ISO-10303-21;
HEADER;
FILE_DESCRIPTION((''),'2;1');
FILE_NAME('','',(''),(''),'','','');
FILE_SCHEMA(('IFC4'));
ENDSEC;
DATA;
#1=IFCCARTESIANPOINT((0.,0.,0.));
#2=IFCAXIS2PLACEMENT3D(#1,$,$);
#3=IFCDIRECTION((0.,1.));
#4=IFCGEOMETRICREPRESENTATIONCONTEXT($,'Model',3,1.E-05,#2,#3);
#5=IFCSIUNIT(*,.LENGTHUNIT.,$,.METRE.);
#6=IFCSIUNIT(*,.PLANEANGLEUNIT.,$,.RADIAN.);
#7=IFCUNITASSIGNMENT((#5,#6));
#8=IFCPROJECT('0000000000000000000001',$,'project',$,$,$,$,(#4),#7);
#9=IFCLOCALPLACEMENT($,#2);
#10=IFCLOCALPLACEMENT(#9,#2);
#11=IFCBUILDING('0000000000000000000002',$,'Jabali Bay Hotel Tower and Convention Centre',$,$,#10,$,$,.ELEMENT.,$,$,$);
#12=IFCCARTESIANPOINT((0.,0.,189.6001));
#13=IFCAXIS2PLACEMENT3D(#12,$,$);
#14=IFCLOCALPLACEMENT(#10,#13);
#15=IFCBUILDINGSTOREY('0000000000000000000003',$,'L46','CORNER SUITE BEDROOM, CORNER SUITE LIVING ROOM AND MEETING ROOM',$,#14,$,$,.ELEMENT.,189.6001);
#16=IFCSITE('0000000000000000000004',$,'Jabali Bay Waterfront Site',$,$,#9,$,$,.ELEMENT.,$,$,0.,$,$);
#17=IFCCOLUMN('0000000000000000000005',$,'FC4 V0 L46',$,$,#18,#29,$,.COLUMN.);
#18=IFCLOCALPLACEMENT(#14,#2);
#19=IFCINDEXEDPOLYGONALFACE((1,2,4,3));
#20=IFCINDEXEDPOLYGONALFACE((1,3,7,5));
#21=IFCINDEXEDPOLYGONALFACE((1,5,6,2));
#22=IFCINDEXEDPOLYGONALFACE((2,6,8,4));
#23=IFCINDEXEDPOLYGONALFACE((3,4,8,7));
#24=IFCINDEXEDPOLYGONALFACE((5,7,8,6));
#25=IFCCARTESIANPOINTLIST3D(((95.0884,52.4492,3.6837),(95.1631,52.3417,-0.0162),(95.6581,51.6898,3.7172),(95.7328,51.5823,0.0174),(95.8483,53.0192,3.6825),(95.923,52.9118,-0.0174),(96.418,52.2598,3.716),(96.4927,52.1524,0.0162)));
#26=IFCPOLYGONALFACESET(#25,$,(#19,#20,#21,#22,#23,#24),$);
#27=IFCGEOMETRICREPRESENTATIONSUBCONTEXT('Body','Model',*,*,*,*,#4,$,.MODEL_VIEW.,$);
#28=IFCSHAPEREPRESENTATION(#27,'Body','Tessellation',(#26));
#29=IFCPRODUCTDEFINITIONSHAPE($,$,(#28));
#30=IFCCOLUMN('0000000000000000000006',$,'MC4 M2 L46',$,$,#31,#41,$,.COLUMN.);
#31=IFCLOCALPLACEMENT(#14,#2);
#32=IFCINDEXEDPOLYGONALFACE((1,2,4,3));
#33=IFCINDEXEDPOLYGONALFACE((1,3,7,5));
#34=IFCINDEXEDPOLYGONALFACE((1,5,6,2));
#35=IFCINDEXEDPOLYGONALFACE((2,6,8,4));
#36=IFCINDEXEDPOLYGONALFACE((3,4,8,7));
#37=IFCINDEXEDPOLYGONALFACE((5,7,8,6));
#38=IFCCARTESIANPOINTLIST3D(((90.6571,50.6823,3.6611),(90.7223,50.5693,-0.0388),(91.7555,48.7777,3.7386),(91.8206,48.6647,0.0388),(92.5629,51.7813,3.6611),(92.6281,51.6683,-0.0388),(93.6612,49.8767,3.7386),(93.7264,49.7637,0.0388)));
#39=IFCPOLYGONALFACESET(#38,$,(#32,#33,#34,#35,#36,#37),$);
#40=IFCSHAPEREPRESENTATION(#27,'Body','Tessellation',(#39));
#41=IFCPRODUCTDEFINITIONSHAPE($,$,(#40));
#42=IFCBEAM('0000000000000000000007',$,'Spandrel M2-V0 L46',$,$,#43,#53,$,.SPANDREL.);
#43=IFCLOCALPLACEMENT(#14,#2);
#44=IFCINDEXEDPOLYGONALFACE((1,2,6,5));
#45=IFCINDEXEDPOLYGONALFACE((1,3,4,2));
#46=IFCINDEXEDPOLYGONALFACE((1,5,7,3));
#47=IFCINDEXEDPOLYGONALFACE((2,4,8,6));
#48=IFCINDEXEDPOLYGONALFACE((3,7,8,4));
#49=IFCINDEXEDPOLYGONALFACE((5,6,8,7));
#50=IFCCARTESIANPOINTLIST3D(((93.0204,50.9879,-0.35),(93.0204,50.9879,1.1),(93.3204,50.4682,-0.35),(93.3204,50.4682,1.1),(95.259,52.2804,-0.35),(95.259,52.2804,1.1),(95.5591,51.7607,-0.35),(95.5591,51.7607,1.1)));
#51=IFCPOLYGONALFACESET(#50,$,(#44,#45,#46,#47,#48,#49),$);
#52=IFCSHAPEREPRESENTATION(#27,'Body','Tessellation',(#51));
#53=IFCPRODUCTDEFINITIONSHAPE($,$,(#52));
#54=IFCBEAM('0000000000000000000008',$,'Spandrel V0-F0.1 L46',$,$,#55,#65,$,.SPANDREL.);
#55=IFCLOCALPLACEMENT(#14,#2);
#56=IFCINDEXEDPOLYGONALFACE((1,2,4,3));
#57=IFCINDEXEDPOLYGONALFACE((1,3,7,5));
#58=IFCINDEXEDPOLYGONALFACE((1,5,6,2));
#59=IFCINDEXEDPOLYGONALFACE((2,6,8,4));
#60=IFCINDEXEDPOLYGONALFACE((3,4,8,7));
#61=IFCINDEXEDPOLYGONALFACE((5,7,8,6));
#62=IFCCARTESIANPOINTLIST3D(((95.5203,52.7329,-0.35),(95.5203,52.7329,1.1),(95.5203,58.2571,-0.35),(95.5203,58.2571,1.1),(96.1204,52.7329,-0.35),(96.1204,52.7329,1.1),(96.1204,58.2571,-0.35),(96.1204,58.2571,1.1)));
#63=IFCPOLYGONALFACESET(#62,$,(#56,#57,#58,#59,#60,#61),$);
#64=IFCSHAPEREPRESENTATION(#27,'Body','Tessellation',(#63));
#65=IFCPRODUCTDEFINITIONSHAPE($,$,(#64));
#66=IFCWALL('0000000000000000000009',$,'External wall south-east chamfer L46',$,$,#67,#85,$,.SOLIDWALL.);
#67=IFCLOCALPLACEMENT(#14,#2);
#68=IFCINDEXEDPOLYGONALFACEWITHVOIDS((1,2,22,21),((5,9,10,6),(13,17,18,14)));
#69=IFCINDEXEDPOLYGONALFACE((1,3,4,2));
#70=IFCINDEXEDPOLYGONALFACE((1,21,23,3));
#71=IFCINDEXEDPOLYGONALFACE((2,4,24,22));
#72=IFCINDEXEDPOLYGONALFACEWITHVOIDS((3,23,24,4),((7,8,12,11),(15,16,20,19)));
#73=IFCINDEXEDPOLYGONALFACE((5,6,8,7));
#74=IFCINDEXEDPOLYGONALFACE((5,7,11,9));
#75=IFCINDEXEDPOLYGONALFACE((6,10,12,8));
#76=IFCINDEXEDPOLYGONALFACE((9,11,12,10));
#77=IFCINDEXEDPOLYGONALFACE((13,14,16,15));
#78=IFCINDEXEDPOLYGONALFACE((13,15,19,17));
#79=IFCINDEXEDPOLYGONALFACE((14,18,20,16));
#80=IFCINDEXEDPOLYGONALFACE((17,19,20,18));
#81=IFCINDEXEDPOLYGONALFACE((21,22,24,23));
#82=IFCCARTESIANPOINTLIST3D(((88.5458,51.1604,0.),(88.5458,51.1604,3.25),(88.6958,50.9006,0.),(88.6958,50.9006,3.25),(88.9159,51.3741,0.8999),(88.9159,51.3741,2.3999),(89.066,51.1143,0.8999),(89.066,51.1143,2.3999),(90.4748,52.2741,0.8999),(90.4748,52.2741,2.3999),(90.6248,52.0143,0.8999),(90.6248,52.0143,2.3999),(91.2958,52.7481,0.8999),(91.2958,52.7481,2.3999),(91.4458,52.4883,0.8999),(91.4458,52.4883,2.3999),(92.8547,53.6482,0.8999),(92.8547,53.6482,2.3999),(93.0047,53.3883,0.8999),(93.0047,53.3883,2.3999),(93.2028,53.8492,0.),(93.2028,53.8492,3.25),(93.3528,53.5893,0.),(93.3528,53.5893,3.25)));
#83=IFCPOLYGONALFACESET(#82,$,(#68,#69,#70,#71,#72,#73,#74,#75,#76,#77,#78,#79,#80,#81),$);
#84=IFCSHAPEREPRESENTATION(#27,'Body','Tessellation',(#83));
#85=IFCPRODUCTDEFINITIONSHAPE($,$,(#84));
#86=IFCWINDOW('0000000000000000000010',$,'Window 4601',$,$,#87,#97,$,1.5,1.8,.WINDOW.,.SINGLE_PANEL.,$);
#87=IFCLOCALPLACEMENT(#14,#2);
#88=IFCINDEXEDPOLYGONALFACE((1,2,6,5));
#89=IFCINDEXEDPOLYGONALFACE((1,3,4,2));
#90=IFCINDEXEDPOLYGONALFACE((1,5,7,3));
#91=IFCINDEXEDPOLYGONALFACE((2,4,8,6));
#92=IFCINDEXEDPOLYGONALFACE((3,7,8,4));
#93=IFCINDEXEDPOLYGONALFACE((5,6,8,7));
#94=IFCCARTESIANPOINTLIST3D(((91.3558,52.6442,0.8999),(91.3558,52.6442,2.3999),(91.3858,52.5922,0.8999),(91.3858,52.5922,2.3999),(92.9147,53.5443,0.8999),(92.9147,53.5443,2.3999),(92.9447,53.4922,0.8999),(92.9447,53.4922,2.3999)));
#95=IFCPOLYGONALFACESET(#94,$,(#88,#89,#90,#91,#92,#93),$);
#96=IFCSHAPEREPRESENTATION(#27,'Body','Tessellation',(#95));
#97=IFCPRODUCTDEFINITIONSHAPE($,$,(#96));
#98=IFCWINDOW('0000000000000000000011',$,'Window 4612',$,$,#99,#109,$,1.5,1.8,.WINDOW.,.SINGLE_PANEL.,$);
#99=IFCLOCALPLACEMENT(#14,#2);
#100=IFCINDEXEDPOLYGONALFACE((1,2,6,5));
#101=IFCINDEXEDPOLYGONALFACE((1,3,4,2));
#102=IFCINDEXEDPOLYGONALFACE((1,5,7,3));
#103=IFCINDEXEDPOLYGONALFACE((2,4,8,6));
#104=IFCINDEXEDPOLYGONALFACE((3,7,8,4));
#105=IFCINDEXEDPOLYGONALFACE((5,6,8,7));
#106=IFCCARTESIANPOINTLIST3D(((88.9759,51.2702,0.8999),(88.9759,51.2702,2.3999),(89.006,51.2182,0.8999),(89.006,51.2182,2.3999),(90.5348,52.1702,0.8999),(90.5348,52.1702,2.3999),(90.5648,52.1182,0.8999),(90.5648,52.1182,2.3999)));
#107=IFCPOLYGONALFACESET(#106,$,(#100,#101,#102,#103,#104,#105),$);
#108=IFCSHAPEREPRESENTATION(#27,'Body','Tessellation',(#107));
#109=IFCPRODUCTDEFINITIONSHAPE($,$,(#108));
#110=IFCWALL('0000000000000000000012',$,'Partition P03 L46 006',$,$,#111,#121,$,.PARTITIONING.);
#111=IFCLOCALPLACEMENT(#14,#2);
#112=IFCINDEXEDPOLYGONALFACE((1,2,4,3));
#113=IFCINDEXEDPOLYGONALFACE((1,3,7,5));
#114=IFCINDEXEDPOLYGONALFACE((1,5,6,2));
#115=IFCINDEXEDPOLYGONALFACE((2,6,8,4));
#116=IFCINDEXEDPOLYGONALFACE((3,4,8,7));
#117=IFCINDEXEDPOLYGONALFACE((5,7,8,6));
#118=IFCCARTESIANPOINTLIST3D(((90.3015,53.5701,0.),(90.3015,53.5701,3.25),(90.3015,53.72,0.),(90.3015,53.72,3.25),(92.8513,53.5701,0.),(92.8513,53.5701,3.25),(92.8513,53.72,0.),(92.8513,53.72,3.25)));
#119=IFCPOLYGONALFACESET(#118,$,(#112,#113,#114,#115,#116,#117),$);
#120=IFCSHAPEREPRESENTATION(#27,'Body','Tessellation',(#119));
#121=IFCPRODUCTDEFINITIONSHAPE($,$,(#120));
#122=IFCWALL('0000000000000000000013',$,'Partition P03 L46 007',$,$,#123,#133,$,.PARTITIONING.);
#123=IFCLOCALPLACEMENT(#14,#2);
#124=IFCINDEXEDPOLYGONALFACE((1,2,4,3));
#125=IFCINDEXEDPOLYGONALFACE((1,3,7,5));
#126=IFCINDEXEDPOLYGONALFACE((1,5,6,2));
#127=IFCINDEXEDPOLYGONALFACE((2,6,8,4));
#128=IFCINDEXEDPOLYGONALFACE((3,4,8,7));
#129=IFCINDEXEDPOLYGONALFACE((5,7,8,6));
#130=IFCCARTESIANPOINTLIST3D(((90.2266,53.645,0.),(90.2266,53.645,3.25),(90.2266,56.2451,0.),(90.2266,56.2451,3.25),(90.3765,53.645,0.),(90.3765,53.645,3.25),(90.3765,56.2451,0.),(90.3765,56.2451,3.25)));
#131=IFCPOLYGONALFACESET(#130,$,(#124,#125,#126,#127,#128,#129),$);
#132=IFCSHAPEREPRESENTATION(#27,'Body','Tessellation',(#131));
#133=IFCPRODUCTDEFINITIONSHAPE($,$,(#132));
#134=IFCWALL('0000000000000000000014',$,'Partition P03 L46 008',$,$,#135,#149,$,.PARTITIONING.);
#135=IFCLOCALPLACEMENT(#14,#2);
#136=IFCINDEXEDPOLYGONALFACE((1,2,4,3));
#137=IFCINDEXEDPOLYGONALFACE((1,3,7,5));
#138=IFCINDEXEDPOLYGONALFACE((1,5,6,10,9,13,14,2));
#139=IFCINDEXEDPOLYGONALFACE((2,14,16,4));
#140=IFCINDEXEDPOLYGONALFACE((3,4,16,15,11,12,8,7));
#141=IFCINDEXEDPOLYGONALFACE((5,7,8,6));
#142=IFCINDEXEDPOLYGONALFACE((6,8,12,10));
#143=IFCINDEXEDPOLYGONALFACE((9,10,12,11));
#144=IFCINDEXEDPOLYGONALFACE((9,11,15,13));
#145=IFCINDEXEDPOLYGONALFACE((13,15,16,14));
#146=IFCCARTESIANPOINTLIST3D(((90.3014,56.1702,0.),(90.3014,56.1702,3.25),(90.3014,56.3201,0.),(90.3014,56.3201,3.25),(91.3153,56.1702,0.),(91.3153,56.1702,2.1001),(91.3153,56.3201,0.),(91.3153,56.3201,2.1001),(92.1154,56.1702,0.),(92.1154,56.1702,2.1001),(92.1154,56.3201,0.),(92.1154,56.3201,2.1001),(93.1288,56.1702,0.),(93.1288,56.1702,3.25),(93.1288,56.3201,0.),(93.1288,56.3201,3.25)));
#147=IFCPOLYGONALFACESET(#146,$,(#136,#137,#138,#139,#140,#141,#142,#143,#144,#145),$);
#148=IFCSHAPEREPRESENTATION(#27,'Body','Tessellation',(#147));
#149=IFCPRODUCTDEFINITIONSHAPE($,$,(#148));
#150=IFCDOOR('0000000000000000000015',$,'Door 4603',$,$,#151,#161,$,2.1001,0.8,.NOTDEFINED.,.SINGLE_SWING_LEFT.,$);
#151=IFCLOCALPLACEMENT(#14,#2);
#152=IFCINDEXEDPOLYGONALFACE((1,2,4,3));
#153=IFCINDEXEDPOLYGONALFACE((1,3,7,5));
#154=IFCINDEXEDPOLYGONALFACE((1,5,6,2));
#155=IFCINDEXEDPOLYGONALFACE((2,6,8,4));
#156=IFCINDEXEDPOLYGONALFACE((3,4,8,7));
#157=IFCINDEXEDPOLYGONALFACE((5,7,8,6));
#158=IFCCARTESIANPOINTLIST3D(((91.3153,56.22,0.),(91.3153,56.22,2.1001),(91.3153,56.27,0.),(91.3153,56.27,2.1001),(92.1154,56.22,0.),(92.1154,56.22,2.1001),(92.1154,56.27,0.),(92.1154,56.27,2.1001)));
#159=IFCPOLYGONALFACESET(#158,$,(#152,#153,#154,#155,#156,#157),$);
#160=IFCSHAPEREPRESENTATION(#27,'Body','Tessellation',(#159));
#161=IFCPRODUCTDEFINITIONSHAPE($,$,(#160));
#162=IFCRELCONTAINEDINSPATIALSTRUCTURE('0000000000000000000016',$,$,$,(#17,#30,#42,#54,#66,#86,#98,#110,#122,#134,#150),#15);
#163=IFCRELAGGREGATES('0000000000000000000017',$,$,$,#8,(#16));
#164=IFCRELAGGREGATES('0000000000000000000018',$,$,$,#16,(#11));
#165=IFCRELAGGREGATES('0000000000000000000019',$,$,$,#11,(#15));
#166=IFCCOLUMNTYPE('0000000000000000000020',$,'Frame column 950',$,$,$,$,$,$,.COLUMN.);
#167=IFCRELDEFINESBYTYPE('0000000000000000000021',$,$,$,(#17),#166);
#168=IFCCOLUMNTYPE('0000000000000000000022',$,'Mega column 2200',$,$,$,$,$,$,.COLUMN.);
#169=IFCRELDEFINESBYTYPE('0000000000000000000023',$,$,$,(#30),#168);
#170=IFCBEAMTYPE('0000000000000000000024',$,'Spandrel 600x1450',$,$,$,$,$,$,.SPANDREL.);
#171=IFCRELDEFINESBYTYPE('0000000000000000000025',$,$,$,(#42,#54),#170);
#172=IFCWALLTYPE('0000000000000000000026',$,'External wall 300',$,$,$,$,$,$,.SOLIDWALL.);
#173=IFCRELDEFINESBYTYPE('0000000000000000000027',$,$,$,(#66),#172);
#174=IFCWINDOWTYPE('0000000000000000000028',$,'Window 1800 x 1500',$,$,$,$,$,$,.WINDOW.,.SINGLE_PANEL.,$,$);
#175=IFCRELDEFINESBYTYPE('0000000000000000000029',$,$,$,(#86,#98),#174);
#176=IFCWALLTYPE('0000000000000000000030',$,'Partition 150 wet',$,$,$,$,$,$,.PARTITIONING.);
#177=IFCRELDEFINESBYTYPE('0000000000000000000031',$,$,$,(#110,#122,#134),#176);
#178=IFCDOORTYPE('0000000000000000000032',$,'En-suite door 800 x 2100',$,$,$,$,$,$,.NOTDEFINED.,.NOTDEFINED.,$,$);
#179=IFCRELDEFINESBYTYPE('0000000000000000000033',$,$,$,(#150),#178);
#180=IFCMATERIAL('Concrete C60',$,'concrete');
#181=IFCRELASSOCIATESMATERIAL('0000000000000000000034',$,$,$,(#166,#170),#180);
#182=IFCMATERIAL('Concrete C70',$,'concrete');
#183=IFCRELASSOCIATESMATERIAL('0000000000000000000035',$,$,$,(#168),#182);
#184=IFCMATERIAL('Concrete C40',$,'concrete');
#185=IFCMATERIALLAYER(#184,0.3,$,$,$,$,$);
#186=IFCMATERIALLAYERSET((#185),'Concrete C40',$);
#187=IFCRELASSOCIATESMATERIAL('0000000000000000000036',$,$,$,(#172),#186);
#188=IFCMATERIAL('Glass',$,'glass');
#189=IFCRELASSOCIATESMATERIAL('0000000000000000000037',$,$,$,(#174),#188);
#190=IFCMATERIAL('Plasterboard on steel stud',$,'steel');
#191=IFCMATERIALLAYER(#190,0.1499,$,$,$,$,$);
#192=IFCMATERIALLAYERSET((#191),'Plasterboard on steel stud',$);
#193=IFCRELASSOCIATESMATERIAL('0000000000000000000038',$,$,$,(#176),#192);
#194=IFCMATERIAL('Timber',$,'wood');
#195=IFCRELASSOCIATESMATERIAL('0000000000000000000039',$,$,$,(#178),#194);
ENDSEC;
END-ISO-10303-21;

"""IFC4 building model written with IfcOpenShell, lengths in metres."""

from ifc_helpers import new_model, si_unit, direction, frame, frame_2d, origin, origin_2d, place, context, subcontext, project, spatial, rectangle, extrude, material, layer, layer_set, material_profile, profile_set, type_object, element, fill, save


model = new_model("IFC4")

# Units and contexts
model_context = context("Model", 3, precision=1e-05, world=origin(), true_north=direction((0.0, 1.0)))
body_context = subcontext(model_context, "Body", "Model", "MODEL_VIEW")
ifc_project = project(units=[si_unit("LENGTHUNIT", "METRE"), si_unit("PLANEANGLEUNIT", "RADIAN")], contexts=[model_context])

# Site, building, storey
site_placement = place(None, origin())
site = spatial("IfcSite", under=ifc_project, at=site_placement, Name="Jabali Bay Waterfront Site", CompositionType="ELEMENT", RefElevation=0.0)
building_placement = place(site_placement, origin())
building = spatial("IfcBuilding", under=site, at=building_placement, Name="Jabali Bay Hotel Tower and Convention Centre", CompositionType="ELEMENT")
storey_placement = place(building_placement, frame((0.0, 0.0, 189.6001)))
storey = spatial("IfcBuildingStorey", under=building, at=storey_placement, Name="L46", Description="CORNER SUITE BEDROOM, CORNER SUITE LIVING ROOM AND MEETING ROOM", CompositionType="ELEMENT", Elevation=189.6001)

# Columns
ifc_material_1 = material(Name="Concrete C60", Category="concrete")
ifc_material_profile_1 = material_profile(ifc_material_1, rectangle(XDim=0.95, YDim=0.95, at=origin_2d()), Name="Frame column 950")
ifc_profile_set_1 = profile_set([ifc_material_profile_1], Name="Concrete C60")
column_type_1 = type_object("IfcColumnType", Name="Frame column 950", PredefinedType="COLUMN", material=ifc_profile_set_1)
column_1_placement = place(storey_placement, frame((95.8279, 52.2471, 0.0), z_axis=(-0.020179, 0.029015, 0.999375), x_axis=(-0.799926, -0.600097, 0.001271)))
element("IfcColumn", 1, at=column_1_placement, inside=storey, type_object=column_type_1, Name="FC4 V0 L46", PredefinedType="COLUMN", context=body_context, shape_type="SweptSolid", body=[
    extrude(rectangle(XDim=0.95, YDim=0.95, at=origin_2d()), origin(), (0.0, 0.0, 1.0), 3.7021),
])
ifc_material_2 = material(Name="Concrete C70", Category="concrete")
ifc_material_profile_2 = material_profile(ifc_material_2, rectangle(XDim=2.2, YDim=2.2, at=origin_2d()), Name="Mega column 2200")
ifc_profile_set_2 = profile_set([ifc_material_profile_2], Name="Concrete C70")
column_type_2 = type_object("IfcColumnType", Name="Mega column 2200", PredefinedType="COLUMN", material=ifc_profile_set_2)
column_2_placement = place(storey_placement, frame((92.2244, 50.1665, 0.0), z_axis=(-0.017607, 0.030532, 0.999379), x_axis=(0.49925, -0.865741, 0.035245)))
element("IfcColumn", 2, at=column_2_placement, inside=storey, type_object=column_type_2, Name="MC4 M2 L46", PredefinedType="COLUMN", context=body_context, shape_type="SweptSolid", body=[
    extrude(rectangle(XDim=2.2, YDim=2.2, at=origin_2d()), origin(), (0.0, 0.0, 1.0), 3.7021),
])

# Beams
ifc_material_profile_3 = material_profile(ifc_material_1, rectangle(XDim=0.6001, YDim=1.45, at=origin_2d()), Name="Spandrel 600x1450")
ifc_profile_set_3 = profile_set([ifc_material_profile_3], Name="Concrete C60")
beam_type = type_object("IfcBeamType", Name="Spandrel 600x1450", PredefinedType="SPANDREL", material=ifc_profile_set_3)
beam_1_placement = place(storey_placement, frame((93.1704, 50.728, 0.375), z_axis=(0.866014, 0.50002, 0.0), x_axis=(-0.50002, 0.866014, 0.0)))
element("IfcBeam", 3, at=beam_1_placement, inside=storey, type_object=beam_type, Name="Spandrel M2-V0 L46", PredefinedType="SPANDREL", context=body_context, shape_type="SweptSolid", body=[
    extrude(rectangle(XDim=0.6001, YDim=1.45, at=origin_2d()), origin(), (0.0, 0.0, 1.0), 2.585),
])
beam_2_placement = place(storey_placement, frame((95.8203, 52.7329, 0.375), z_axis=(0.0, 1.0, 0.0), x_axis=(-1.0, 0.0, 0.0)))
element("IfcBeam", 4, at=beam_2_placement, inside=storey, type_object=beam_type, Name="Spandrel V0-F0.1 L46", PredefinedType="SPANDREL", context=body_context, shape_type="SweptSolid", body=[
    extrude(rectangle(XDim=0.6001, YDim=1.45, at=origin_2d()), origin(), (0.0, 0.0, 1.0), 5.5242),
])

# Wall, openings, windows
ifc_material_3 = material(Name="Concrete C40", Category="concrete")
ifc_layer_1 = layer(ifc_material_3, 0.3)
ifc_layer_set_1 = layer_set([ifc_layer_1], Name="Concrete C40")
wall_type_1 = type_object("IfcWallType", Name="External wall 300", PredefinedType="SOLIDWALL", material=ifc_layer_set_1)
wall_1_placement = place(storey_placement, frame((93.2778, 53.7192, 0.0), z_axis=(0.0, 0.0, 1.0), x_axis=(-0.866025, -0.500001, 0.0)))
wall_1 = element("IfcWall", 5, at=wall_1_placement, inside=storey, type_object=wall_type_1, Name="External wall south-east chamfer L46", PredefinedType="SOLIDWALL", context=body_context, shape_type="SweptSolid", body=[
    extrude(rectangle(XDim=5.3774, YDim=0.3, at=frame_2d((2.6887, 0.0))), origin(), (0.0, 0.0, 1.0), 3.25),
])
opening_1_placement = place(wall_1_placement, frame((0.4021, 0.0, 0.8999)))
opening_1 = element("IfcOpeningElement", 6, at=opening_1_placement, cuts=wall_1, PredefinedType="OPENING", context=body_context, shape_type="SweptSolid", body=[
    extrude(rectangle(XDim=1.8, YDim=1.5, at=frame_2d((0.8999, 0.75))), frame((0.0, 0.1606, 0.0), z_axis=(0.0, -1.0, 0.0), x_axis=(1.0, 0.0, 0.0)), (0.0, 0.0, 1.0), 0.321),
])
opening_2_placement = place(wall_1_placement, frame((3.1501, 0.0, 0.8999)))
opening_2 = element("IfcOpeningElement", 7, at=opening_2_placement, cuts=wall_1, PredefinedType="OPENING", context=body_context, shape_type="SweptSolid", body=[
    extrude(rectangle(XDim=1.8, YDim=1.5, at=frame_2d((0.8999, 0.75))), frame((0.0, 0.1606, 0.0), z_axis=(0.0, -1.0, 0.0), x_axis=(1.0, 0.0, 0.0)), (0.0, 0.0, 1.0), 0.321),
])
ifc_material_4 = material(Name="Glass", Category="glass")
window_type = type_object("IfcWindowType", Name="Window 1800 x 1500", PartitioningType="SINGLE_PANEL", PredefinedType="WINDOW", material=ifc_material_4)
window_1_placement = place(opening_1_placement, origin())
window_1 = element("IfcWindow", 8, at=window_1_placement, inside=storey, type_object=window_type, Name="Window 4601", OverallHeight=1.5, OverallWidth=1.8, PartitioningType="SINGLE_PANEL", PredefinedType="WINDOW", context=body_context, shape_type="SweptSolid", body=[
    extrude(rectangle(XDim=1.8, YDim=1.5, at=frame_2d((0.8999, 0.75))), frame((0.0, 0.03, 0.0), z_axis=(0.0, -1.0, 0.0), x_axis=(1.0, 0.0, 0.0)), (0.0, 0.0, 1.0), 0.0601),
])
fill(opening_1, window_1)
window_2_placement = place(opening_2_placement, origin())
window_2 = element("IfcWindow", 9, at=window_2_placement, inside=storey, type_object=window_type, Name="Window 4612", OverallHeight=1.5, OverallWidth=1.8, PartitioningType="SINGLE_PANEL", PredefinedType="WINDOW", context=body_context, shape_type="SweptSolid", body=[
    extrude(rectangle(XDim=1.8, YDim=1.5, at=frame_2d((0.8999, 0.75))), frame((0.0, 0.03, 0.0), z_axis=(0.0, -1.0, 0.0), x_axis=(1.0, 0.0, 0.0)), (0.0, 0.0, 1.0), 0.0601),
])
fill(opening_2, window_2)

# Walls
ifc_material_5 = material(Name="Plasterboard on steel stud", Category="steel")
ifc_layer_2 = layer(ifc_material_5, 0.1499)
ifc_layer_set_2 = layer_set([ifc_layer_2], Name="Plasterboard on steel stud")
wall_type_2 = type_object("IfcWallType", Name="Partition 150 wet", PredefinedType="PARTITIONING", material=ifc_layer_set_2)
wall_2_placement = place(storey_placement, frame((92.8513, 53.645, 0.0), z_axis=(0.0, 0.0, 1.0), x_axis=(-1.0, 0.0, 0.0)))
element("IfcWall", 10, at=wall_2_placement, inside=storey, type_object=wall_type_2, Name="Partition P03 L46 006", PredefinedType="PARTITIONING", context=body_context, shape_type="SweptSolid", body=[
    extrude(rectangle(XDim=2.5498, YDim=0.1499, at=frame_2d((1.2749, 0.0))), origin(), (0.0, 0.0, 1.0), 3.25),
])
wall_3_placement = place(storey_placement, frame((90.3015, 53.645, 0.0), z_axis=(0.0, 0.0, 1.0), x_axis=(0.0, 1.0, 0.0)))
element("IfcWall", 11, at=wall_3_placement, inside=storey, type_object=wall_type_2, Name="Partition P03 L46 007", PredefinedType="PARTITIONING", context=body_context, shape_type="SweptSolid", body=[
    extrude(rectangle(XDim=2.6001, YDim=0.1499, at=frame_2d((1.3, 0.0))), origin(), (0.0, 0.0, 1.0), 3.25),
])

# Wall, opening, door
wall_4_placement = place(storey_placement, frame((90.3015, 56.2451, 0.0), z_axis=(0.0, 0.0, 1.0), x_axis=(1.0, 0.0, 0.0)))
wall_4 = element("IfcWall", 12, at=wall_4_placement, inside=storey, type_object=wall_type_2, Name="Partition P03 L46 008", PredefinedType="PARTITIONING", context=body_context, shape_type="SweptSolid", body=[
    extrude(rectangle(XDim=2.8274, YDim=0.1499, at=frame_2d((1.4136, 0.0))), origin(), (0.0, 0.0, 1.0), 3.25),
])
opening_3_placement = place(wall_4_placement, frame((1.0139, 0.0, 0.0)))
opening_3 = element("IfcOpeningElement", 13, at=opening_3_placement, cuts=wall_4, PredefinedType="OPENING", context=body_context, shape_type="SweptSolid", body=[
    extrude(rectangle(XDim=0.8, YDim=2.1001, at=frame_2d((0.3999, 1.05))), frame((0.0, 0.0854, 0.0), z_axis=(0.0, -1.0, 0.0), x_axis=(1.0, 0.0, 0.0)), (0.0, 0.0, 1.0), 0.1709),
])
ifc_material_6 = material(Name="Timber", Category="wood")
door_type = type_object("IfcDoorType", Name="En-suite door 800 x 2100", OperationType="NOTDEFINED", PredefinedType="NOTDEFINED", material=ifc_material_6)
door_placement = place(opening_3_placement, origin())
door = element("IfcDoor", 14, at=door_placement, inside=storey, type_object=door_type, Name="Door 4603", OperationType="SINGLE_SWING_LEFT", OverallHeight=2.1001, OverallWidth=0.8, PredefinedType="NOTDEFINED", context=body_context, shape_type="SweptSolid", body=[
    extrude(rectangle(XDim=0.8, YDim=2.1001, at=frame_2d((0.3999, 1.05))), frame((0.0, 0.0249, 0.0), z_axis=(0.0, -1.0, 0.0), x_axis=(1.0, 0.0, 0.0)), (0.0, 0.0, 1.0), 0.05),
])
fill(opening_3, door)

save(model, "model.ifc")
